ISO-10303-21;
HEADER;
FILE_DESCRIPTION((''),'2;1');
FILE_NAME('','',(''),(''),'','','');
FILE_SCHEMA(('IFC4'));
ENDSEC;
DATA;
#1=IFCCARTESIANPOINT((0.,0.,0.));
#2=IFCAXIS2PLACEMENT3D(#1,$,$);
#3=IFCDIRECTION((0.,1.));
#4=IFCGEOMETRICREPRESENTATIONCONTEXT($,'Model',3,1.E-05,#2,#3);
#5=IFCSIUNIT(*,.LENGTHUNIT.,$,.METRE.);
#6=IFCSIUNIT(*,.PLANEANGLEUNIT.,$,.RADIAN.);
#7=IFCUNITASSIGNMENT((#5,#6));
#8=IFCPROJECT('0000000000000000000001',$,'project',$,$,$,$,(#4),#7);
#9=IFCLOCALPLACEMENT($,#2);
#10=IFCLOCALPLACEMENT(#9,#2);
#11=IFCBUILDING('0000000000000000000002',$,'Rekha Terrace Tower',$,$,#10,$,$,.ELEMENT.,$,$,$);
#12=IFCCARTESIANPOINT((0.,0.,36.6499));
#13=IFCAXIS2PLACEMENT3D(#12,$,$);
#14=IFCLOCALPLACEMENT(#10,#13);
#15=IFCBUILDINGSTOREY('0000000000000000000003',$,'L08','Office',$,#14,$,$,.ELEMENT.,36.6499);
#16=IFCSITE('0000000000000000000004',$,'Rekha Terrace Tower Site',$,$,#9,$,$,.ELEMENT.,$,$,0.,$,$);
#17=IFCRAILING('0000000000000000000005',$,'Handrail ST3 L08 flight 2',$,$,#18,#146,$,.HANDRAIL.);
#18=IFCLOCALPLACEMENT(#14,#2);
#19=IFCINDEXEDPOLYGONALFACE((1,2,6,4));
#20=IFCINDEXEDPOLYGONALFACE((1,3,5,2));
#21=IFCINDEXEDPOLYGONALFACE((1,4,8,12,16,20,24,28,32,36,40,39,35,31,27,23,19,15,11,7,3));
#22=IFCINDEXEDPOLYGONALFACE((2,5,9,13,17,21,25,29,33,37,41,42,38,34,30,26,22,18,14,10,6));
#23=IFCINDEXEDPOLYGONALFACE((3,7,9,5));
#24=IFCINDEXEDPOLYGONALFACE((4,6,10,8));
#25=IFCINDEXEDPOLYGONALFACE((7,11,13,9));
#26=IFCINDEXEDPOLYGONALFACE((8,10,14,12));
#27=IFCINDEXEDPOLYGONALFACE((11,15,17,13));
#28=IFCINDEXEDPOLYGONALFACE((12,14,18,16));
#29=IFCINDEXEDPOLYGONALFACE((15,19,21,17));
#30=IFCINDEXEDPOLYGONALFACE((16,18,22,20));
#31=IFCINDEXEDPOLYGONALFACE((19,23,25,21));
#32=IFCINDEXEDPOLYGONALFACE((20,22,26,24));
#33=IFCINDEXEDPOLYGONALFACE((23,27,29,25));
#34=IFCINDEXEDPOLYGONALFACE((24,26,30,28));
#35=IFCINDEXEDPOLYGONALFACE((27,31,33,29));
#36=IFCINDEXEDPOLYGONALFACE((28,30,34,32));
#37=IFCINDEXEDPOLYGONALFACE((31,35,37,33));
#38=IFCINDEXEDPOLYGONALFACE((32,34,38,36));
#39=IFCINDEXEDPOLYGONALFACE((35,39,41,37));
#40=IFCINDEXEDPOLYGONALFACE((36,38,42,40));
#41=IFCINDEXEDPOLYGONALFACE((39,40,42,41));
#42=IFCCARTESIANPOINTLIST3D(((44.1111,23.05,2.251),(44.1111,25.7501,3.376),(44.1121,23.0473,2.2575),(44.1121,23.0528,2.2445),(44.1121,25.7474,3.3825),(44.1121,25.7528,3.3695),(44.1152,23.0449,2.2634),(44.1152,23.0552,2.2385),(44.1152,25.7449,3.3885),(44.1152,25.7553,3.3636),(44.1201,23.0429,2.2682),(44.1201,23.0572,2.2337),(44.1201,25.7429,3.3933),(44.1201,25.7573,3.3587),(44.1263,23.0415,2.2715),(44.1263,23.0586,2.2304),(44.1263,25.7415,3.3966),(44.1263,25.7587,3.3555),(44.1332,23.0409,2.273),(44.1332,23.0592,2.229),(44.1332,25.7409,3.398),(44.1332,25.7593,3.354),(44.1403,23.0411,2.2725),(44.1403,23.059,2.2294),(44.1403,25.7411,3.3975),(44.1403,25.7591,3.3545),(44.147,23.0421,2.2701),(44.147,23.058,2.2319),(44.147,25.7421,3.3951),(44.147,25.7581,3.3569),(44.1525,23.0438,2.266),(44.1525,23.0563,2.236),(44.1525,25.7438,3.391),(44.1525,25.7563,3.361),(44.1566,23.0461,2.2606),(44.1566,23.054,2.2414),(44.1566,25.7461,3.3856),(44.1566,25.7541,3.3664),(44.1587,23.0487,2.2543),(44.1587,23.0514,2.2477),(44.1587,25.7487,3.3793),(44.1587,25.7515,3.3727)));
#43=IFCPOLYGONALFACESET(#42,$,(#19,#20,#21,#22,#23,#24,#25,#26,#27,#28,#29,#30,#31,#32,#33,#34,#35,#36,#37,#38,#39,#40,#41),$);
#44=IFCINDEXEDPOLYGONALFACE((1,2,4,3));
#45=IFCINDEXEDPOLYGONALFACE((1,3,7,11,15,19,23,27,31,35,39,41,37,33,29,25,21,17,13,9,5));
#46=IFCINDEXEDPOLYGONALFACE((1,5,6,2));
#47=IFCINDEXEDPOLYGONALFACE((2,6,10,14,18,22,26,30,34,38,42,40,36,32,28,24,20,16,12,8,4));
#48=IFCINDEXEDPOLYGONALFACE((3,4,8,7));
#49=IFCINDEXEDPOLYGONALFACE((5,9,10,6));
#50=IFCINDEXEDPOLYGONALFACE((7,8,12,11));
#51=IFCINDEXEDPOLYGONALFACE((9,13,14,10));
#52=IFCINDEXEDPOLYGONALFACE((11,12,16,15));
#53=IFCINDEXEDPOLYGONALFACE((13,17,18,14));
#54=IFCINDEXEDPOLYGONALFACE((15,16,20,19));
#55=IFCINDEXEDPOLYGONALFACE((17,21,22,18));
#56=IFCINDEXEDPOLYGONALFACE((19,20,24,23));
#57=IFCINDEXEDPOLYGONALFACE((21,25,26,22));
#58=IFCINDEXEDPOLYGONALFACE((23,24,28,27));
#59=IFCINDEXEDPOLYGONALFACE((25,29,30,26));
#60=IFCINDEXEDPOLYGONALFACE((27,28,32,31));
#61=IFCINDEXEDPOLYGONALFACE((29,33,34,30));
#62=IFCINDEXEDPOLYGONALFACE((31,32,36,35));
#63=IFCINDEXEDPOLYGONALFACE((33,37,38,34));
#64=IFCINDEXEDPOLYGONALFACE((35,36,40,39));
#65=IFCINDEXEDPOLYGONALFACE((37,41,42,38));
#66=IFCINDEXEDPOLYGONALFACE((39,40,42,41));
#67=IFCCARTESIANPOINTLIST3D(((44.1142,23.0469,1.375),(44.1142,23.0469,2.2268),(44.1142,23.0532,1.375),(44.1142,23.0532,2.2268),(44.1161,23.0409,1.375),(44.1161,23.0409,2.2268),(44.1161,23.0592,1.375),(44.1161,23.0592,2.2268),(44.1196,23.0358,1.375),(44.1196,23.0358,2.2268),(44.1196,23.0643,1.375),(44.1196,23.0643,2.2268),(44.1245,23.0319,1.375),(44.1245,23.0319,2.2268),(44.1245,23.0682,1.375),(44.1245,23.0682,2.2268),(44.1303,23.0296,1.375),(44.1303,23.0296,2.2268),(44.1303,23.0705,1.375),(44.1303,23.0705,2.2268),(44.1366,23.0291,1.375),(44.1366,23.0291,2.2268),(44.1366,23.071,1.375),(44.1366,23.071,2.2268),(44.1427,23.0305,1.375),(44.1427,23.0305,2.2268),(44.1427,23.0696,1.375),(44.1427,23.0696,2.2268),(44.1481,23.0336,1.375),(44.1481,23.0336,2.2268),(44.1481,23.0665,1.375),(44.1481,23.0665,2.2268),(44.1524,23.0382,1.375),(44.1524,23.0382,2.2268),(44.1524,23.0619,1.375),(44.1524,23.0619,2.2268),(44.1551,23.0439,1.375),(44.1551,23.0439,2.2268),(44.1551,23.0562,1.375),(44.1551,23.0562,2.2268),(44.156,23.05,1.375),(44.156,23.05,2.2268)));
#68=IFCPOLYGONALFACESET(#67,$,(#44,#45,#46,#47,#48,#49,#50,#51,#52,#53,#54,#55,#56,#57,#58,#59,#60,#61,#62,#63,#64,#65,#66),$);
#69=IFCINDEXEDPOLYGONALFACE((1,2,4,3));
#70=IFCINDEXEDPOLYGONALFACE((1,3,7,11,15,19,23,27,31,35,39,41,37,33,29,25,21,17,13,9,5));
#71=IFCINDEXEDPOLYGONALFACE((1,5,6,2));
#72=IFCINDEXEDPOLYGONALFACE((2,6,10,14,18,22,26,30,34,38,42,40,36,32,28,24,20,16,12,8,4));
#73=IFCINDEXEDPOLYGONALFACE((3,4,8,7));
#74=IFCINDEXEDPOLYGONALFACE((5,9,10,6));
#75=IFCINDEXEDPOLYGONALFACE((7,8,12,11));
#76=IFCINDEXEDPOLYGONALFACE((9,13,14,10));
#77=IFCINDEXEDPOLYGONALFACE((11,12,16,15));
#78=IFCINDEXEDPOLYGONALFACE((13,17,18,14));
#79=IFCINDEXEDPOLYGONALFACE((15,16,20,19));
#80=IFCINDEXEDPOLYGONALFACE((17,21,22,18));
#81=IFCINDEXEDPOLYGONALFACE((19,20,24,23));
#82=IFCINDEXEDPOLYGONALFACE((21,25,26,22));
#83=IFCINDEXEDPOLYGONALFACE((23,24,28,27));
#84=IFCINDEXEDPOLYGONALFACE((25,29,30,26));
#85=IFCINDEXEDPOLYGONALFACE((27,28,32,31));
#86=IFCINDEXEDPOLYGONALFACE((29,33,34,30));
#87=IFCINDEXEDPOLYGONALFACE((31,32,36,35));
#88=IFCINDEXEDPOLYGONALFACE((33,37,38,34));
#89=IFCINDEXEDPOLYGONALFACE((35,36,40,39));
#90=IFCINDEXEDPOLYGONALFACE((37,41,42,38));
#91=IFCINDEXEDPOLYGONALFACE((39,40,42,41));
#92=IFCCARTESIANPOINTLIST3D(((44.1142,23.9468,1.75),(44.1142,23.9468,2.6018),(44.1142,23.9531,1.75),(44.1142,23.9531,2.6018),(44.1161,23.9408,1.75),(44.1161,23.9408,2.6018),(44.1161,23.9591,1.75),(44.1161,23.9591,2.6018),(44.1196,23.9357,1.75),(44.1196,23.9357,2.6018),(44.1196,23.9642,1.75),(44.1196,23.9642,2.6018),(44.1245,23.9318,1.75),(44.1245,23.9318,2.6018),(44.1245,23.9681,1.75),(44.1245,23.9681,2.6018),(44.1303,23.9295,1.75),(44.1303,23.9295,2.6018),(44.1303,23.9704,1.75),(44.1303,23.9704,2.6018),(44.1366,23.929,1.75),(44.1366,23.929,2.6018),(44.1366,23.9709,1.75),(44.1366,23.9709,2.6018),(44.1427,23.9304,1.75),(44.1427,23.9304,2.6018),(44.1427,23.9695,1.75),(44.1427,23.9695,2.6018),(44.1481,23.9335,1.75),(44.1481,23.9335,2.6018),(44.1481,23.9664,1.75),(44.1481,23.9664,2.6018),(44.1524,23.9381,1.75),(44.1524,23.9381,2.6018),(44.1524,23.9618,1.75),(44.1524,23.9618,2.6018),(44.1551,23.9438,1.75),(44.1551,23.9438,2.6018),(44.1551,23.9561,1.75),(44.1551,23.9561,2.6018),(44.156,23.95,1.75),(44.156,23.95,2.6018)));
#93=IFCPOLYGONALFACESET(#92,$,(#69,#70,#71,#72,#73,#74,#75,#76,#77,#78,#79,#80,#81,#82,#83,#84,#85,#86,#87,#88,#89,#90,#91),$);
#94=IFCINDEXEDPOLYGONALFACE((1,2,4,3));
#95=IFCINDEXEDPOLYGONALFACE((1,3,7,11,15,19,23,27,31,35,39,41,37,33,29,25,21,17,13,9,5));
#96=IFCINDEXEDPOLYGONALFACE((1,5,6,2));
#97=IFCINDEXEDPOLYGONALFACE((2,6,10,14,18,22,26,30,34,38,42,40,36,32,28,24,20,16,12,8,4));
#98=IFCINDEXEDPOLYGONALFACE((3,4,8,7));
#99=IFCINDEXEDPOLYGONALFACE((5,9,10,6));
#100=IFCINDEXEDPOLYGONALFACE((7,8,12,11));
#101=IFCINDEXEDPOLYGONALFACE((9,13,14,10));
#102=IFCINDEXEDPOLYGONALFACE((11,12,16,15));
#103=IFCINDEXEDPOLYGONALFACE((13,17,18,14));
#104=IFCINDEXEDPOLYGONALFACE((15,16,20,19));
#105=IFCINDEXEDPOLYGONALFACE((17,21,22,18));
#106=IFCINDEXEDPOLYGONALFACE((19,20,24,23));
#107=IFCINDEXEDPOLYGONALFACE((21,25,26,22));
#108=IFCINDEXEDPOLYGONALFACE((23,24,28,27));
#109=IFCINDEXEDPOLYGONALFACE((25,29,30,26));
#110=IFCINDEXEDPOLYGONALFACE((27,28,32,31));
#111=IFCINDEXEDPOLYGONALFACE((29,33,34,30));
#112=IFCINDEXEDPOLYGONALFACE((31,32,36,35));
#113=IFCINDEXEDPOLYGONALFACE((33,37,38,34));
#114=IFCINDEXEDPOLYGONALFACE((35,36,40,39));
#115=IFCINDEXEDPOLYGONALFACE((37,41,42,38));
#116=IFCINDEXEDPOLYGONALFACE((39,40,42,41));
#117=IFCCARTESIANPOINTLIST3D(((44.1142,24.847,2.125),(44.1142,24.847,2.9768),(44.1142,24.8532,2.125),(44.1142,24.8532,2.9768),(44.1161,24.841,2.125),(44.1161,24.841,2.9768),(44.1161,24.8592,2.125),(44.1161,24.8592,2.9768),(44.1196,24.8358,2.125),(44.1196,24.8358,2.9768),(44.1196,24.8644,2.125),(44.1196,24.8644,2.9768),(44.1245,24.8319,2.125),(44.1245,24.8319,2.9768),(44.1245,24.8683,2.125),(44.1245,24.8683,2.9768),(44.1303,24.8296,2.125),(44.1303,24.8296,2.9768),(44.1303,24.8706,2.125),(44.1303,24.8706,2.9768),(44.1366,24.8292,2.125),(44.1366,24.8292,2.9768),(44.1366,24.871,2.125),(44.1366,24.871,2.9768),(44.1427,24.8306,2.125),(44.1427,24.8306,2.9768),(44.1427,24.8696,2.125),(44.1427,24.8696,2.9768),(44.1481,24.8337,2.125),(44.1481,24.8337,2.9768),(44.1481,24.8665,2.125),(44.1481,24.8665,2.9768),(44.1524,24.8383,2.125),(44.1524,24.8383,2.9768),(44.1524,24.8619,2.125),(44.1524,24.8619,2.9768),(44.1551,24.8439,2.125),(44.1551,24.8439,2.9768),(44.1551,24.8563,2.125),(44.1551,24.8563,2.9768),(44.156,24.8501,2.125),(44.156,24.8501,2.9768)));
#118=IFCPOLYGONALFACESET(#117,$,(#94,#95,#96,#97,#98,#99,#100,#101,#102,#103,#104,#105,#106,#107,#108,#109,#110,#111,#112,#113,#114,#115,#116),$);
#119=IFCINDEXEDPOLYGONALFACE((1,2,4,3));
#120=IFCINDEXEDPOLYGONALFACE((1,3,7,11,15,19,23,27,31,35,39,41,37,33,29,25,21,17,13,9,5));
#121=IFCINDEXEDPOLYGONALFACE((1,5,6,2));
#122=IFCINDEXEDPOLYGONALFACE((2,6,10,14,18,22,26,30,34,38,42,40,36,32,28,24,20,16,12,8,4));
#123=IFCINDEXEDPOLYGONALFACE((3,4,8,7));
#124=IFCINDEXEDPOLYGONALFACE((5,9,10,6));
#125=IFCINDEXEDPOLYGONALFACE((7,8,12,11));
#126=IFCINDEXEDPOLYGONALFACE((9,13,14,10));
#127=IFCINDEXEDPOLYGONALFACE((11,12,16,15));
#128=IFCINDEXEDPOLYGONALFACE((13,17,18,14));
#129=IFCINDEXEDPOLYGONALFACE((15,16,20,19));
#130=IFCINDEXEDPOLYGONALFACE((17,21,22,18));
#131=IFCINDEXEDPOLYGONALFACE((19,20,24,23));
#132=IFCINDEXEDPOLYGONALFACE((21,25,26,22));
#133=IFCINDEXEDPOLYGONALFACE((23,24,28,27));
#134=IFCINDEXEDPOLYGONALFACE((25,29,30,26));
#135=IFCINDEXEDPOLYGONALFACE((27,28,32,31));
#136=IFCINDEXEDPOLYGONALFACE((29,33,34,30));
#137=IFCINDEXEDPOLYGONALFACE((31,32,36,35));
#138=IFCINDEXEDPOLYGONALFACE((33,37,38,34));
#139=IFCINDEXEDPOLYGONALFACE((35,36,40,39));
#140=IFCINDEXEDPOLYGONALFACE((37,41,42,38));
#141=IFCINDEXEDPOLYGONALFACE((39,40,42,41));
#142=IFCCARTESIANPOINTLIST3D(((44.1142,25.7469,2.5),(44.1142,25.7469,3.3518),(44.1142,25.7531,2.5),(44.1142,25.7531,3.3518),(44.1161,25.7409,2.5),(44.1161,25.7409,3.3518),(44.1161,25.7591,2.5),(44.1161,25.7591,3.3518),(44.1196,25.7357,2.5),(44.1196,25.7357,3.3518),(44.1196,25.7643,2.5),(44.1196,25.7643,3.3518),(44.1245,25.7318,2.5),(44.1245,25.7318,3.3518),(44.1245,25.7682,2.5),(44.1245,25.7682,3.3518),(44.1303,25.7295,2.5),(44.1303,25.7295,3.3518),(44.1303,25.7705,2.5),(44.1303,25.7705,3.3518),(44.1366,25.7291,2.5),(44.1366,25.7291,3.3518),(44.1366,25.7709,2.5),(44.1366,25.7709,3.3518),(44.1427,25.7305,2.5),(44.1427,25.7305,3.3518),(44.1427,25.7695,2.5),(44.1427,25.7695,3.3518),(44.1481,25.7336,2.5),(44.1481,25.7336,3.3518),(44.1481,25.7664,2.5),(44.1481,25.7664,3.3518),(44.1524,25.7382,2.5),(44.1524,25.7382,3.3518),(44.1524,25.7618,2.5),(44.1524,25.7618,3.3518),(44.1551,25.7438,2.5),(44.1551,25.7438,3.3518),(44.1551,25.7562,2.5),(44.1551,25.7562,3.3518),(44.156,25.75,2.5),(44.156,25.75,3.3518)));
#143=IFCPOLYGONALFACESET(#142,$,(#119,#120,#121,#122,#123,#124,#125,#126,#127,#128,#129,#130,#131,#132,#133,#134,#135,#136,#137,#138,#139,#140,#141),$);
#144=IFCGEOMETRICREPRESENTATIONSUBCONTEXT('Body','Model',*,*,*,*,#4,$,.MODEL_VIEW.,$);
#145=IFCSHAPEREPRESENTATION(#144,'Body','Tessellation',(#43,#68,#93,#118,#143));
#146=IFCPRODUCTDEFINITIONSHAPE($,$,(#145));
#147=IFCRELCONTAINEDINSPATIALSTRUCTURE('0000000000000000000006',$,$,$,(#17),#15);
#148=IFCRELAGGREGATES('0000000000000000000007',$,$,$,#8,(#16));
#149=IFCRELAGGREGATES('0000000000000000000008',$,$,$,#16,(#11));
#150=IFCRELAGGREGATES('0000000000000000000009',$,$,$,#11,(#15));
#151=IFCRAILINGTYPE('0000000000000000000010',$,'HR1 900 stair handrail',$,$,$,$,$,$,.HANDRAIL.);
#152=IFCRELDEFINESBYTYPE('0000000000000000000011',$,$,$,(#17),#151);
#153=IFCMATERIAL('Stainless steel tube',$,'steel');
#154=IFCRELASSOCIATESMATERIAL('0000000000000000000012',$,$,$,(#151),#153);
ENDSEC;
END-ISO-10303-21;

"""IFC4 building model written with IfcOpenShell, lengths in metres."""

from ifc_helpers import new_model, si_unit, direction, frame, origin, origin_2d, place, context, subcontext, project, spatial, circle, extrude, material, type_object, element, save


model = new_model("IFC4")

# Units and contexts
model_context = context("Model", 3, precision=1e-05, world=origin(), true_north=direction((0.0, 1.0)))
body_context = subcontext(model_context, "Body", "Model", "MODEL_VIEW")
ifc_project = project(units=[si_unit("LENGTHUNIT", "METRE"), si_unit("PLANEANGLEUNIT", "RADIAN")], contexts=[model_context])

# Site, building, storey
site_placement = place(None, origin())
site = spatial("IfcSite", under=ifc_project, at=site_placement, Name="Rekha Terrace Tower Site", CompositionType="ELEMENT", RefElevation=0.0)
building_placement = place(site_placement, origin())
building = spatial("IfcBuilding", under=site, at=building_placement, Name="Rekha Terrace Tower", CompositionType="ELEMENT")
storey_placement = place(building_placement, frame((0.0, 0.0, 36.6499)))
storey = spatial("IfcBuildingStorey", under=building, at=storey_placement, Name="L08", Description="Office", CompositionType="ELEMENT", Elevation=36.6499)

# Railing
ifc_material_1 = material(Name="Stainless steel tube", Category="steel")
railing_type_1 = type_object("IfcRailingType", Name="HR1 900 stair handrail", PredefinedType="HANDRAIL", material=ifc_material_1)
railing_1_placement = place(storey_placement, frame((44.135, 23.05, 1.375)))
element("IfcRailing", 1, at=railing_1_placement, inside=storey, type_object=railing_type_1, Name="Handrail ST3 L08 flight 2", PredefinedType="HANDRAIL", context=body_context, shape_type="SweptSolid", body=[
    extrude(circle(Radius=0.0239, at=origin_2d()), frame((0.0, 0.0, 0.876), z_axis=(0.0, 0.923074, 0.384621), x_axis=(-1.0, 0.0, 0.0)), (0.0, 0.0, 1.0), 2.925),
    extrude(circle(Radius=0.021, at=origin_2d()), origin(), (0.0, 0.0, 1.0), 0.8518),
    extrude(circle(Radius=0.021, at=origin_2d()), frame((0.0, 0.8999, 0.375)), (0.0, 0.0, 1.0), 0.8518),
    extrude(circle(Radius=0.021, at=origin_2d()), frame((0.0, 1.8, 0.75)), (0.0, 0.0, 1.0), 0.8518),
    extrude(circle(Radius=0.021, at=origin_2d()), frame((0.0, 2.7, 1.125)), (0.0, 0.0, 1.0), 0.8518),
])

save(model, "model.ifc")
